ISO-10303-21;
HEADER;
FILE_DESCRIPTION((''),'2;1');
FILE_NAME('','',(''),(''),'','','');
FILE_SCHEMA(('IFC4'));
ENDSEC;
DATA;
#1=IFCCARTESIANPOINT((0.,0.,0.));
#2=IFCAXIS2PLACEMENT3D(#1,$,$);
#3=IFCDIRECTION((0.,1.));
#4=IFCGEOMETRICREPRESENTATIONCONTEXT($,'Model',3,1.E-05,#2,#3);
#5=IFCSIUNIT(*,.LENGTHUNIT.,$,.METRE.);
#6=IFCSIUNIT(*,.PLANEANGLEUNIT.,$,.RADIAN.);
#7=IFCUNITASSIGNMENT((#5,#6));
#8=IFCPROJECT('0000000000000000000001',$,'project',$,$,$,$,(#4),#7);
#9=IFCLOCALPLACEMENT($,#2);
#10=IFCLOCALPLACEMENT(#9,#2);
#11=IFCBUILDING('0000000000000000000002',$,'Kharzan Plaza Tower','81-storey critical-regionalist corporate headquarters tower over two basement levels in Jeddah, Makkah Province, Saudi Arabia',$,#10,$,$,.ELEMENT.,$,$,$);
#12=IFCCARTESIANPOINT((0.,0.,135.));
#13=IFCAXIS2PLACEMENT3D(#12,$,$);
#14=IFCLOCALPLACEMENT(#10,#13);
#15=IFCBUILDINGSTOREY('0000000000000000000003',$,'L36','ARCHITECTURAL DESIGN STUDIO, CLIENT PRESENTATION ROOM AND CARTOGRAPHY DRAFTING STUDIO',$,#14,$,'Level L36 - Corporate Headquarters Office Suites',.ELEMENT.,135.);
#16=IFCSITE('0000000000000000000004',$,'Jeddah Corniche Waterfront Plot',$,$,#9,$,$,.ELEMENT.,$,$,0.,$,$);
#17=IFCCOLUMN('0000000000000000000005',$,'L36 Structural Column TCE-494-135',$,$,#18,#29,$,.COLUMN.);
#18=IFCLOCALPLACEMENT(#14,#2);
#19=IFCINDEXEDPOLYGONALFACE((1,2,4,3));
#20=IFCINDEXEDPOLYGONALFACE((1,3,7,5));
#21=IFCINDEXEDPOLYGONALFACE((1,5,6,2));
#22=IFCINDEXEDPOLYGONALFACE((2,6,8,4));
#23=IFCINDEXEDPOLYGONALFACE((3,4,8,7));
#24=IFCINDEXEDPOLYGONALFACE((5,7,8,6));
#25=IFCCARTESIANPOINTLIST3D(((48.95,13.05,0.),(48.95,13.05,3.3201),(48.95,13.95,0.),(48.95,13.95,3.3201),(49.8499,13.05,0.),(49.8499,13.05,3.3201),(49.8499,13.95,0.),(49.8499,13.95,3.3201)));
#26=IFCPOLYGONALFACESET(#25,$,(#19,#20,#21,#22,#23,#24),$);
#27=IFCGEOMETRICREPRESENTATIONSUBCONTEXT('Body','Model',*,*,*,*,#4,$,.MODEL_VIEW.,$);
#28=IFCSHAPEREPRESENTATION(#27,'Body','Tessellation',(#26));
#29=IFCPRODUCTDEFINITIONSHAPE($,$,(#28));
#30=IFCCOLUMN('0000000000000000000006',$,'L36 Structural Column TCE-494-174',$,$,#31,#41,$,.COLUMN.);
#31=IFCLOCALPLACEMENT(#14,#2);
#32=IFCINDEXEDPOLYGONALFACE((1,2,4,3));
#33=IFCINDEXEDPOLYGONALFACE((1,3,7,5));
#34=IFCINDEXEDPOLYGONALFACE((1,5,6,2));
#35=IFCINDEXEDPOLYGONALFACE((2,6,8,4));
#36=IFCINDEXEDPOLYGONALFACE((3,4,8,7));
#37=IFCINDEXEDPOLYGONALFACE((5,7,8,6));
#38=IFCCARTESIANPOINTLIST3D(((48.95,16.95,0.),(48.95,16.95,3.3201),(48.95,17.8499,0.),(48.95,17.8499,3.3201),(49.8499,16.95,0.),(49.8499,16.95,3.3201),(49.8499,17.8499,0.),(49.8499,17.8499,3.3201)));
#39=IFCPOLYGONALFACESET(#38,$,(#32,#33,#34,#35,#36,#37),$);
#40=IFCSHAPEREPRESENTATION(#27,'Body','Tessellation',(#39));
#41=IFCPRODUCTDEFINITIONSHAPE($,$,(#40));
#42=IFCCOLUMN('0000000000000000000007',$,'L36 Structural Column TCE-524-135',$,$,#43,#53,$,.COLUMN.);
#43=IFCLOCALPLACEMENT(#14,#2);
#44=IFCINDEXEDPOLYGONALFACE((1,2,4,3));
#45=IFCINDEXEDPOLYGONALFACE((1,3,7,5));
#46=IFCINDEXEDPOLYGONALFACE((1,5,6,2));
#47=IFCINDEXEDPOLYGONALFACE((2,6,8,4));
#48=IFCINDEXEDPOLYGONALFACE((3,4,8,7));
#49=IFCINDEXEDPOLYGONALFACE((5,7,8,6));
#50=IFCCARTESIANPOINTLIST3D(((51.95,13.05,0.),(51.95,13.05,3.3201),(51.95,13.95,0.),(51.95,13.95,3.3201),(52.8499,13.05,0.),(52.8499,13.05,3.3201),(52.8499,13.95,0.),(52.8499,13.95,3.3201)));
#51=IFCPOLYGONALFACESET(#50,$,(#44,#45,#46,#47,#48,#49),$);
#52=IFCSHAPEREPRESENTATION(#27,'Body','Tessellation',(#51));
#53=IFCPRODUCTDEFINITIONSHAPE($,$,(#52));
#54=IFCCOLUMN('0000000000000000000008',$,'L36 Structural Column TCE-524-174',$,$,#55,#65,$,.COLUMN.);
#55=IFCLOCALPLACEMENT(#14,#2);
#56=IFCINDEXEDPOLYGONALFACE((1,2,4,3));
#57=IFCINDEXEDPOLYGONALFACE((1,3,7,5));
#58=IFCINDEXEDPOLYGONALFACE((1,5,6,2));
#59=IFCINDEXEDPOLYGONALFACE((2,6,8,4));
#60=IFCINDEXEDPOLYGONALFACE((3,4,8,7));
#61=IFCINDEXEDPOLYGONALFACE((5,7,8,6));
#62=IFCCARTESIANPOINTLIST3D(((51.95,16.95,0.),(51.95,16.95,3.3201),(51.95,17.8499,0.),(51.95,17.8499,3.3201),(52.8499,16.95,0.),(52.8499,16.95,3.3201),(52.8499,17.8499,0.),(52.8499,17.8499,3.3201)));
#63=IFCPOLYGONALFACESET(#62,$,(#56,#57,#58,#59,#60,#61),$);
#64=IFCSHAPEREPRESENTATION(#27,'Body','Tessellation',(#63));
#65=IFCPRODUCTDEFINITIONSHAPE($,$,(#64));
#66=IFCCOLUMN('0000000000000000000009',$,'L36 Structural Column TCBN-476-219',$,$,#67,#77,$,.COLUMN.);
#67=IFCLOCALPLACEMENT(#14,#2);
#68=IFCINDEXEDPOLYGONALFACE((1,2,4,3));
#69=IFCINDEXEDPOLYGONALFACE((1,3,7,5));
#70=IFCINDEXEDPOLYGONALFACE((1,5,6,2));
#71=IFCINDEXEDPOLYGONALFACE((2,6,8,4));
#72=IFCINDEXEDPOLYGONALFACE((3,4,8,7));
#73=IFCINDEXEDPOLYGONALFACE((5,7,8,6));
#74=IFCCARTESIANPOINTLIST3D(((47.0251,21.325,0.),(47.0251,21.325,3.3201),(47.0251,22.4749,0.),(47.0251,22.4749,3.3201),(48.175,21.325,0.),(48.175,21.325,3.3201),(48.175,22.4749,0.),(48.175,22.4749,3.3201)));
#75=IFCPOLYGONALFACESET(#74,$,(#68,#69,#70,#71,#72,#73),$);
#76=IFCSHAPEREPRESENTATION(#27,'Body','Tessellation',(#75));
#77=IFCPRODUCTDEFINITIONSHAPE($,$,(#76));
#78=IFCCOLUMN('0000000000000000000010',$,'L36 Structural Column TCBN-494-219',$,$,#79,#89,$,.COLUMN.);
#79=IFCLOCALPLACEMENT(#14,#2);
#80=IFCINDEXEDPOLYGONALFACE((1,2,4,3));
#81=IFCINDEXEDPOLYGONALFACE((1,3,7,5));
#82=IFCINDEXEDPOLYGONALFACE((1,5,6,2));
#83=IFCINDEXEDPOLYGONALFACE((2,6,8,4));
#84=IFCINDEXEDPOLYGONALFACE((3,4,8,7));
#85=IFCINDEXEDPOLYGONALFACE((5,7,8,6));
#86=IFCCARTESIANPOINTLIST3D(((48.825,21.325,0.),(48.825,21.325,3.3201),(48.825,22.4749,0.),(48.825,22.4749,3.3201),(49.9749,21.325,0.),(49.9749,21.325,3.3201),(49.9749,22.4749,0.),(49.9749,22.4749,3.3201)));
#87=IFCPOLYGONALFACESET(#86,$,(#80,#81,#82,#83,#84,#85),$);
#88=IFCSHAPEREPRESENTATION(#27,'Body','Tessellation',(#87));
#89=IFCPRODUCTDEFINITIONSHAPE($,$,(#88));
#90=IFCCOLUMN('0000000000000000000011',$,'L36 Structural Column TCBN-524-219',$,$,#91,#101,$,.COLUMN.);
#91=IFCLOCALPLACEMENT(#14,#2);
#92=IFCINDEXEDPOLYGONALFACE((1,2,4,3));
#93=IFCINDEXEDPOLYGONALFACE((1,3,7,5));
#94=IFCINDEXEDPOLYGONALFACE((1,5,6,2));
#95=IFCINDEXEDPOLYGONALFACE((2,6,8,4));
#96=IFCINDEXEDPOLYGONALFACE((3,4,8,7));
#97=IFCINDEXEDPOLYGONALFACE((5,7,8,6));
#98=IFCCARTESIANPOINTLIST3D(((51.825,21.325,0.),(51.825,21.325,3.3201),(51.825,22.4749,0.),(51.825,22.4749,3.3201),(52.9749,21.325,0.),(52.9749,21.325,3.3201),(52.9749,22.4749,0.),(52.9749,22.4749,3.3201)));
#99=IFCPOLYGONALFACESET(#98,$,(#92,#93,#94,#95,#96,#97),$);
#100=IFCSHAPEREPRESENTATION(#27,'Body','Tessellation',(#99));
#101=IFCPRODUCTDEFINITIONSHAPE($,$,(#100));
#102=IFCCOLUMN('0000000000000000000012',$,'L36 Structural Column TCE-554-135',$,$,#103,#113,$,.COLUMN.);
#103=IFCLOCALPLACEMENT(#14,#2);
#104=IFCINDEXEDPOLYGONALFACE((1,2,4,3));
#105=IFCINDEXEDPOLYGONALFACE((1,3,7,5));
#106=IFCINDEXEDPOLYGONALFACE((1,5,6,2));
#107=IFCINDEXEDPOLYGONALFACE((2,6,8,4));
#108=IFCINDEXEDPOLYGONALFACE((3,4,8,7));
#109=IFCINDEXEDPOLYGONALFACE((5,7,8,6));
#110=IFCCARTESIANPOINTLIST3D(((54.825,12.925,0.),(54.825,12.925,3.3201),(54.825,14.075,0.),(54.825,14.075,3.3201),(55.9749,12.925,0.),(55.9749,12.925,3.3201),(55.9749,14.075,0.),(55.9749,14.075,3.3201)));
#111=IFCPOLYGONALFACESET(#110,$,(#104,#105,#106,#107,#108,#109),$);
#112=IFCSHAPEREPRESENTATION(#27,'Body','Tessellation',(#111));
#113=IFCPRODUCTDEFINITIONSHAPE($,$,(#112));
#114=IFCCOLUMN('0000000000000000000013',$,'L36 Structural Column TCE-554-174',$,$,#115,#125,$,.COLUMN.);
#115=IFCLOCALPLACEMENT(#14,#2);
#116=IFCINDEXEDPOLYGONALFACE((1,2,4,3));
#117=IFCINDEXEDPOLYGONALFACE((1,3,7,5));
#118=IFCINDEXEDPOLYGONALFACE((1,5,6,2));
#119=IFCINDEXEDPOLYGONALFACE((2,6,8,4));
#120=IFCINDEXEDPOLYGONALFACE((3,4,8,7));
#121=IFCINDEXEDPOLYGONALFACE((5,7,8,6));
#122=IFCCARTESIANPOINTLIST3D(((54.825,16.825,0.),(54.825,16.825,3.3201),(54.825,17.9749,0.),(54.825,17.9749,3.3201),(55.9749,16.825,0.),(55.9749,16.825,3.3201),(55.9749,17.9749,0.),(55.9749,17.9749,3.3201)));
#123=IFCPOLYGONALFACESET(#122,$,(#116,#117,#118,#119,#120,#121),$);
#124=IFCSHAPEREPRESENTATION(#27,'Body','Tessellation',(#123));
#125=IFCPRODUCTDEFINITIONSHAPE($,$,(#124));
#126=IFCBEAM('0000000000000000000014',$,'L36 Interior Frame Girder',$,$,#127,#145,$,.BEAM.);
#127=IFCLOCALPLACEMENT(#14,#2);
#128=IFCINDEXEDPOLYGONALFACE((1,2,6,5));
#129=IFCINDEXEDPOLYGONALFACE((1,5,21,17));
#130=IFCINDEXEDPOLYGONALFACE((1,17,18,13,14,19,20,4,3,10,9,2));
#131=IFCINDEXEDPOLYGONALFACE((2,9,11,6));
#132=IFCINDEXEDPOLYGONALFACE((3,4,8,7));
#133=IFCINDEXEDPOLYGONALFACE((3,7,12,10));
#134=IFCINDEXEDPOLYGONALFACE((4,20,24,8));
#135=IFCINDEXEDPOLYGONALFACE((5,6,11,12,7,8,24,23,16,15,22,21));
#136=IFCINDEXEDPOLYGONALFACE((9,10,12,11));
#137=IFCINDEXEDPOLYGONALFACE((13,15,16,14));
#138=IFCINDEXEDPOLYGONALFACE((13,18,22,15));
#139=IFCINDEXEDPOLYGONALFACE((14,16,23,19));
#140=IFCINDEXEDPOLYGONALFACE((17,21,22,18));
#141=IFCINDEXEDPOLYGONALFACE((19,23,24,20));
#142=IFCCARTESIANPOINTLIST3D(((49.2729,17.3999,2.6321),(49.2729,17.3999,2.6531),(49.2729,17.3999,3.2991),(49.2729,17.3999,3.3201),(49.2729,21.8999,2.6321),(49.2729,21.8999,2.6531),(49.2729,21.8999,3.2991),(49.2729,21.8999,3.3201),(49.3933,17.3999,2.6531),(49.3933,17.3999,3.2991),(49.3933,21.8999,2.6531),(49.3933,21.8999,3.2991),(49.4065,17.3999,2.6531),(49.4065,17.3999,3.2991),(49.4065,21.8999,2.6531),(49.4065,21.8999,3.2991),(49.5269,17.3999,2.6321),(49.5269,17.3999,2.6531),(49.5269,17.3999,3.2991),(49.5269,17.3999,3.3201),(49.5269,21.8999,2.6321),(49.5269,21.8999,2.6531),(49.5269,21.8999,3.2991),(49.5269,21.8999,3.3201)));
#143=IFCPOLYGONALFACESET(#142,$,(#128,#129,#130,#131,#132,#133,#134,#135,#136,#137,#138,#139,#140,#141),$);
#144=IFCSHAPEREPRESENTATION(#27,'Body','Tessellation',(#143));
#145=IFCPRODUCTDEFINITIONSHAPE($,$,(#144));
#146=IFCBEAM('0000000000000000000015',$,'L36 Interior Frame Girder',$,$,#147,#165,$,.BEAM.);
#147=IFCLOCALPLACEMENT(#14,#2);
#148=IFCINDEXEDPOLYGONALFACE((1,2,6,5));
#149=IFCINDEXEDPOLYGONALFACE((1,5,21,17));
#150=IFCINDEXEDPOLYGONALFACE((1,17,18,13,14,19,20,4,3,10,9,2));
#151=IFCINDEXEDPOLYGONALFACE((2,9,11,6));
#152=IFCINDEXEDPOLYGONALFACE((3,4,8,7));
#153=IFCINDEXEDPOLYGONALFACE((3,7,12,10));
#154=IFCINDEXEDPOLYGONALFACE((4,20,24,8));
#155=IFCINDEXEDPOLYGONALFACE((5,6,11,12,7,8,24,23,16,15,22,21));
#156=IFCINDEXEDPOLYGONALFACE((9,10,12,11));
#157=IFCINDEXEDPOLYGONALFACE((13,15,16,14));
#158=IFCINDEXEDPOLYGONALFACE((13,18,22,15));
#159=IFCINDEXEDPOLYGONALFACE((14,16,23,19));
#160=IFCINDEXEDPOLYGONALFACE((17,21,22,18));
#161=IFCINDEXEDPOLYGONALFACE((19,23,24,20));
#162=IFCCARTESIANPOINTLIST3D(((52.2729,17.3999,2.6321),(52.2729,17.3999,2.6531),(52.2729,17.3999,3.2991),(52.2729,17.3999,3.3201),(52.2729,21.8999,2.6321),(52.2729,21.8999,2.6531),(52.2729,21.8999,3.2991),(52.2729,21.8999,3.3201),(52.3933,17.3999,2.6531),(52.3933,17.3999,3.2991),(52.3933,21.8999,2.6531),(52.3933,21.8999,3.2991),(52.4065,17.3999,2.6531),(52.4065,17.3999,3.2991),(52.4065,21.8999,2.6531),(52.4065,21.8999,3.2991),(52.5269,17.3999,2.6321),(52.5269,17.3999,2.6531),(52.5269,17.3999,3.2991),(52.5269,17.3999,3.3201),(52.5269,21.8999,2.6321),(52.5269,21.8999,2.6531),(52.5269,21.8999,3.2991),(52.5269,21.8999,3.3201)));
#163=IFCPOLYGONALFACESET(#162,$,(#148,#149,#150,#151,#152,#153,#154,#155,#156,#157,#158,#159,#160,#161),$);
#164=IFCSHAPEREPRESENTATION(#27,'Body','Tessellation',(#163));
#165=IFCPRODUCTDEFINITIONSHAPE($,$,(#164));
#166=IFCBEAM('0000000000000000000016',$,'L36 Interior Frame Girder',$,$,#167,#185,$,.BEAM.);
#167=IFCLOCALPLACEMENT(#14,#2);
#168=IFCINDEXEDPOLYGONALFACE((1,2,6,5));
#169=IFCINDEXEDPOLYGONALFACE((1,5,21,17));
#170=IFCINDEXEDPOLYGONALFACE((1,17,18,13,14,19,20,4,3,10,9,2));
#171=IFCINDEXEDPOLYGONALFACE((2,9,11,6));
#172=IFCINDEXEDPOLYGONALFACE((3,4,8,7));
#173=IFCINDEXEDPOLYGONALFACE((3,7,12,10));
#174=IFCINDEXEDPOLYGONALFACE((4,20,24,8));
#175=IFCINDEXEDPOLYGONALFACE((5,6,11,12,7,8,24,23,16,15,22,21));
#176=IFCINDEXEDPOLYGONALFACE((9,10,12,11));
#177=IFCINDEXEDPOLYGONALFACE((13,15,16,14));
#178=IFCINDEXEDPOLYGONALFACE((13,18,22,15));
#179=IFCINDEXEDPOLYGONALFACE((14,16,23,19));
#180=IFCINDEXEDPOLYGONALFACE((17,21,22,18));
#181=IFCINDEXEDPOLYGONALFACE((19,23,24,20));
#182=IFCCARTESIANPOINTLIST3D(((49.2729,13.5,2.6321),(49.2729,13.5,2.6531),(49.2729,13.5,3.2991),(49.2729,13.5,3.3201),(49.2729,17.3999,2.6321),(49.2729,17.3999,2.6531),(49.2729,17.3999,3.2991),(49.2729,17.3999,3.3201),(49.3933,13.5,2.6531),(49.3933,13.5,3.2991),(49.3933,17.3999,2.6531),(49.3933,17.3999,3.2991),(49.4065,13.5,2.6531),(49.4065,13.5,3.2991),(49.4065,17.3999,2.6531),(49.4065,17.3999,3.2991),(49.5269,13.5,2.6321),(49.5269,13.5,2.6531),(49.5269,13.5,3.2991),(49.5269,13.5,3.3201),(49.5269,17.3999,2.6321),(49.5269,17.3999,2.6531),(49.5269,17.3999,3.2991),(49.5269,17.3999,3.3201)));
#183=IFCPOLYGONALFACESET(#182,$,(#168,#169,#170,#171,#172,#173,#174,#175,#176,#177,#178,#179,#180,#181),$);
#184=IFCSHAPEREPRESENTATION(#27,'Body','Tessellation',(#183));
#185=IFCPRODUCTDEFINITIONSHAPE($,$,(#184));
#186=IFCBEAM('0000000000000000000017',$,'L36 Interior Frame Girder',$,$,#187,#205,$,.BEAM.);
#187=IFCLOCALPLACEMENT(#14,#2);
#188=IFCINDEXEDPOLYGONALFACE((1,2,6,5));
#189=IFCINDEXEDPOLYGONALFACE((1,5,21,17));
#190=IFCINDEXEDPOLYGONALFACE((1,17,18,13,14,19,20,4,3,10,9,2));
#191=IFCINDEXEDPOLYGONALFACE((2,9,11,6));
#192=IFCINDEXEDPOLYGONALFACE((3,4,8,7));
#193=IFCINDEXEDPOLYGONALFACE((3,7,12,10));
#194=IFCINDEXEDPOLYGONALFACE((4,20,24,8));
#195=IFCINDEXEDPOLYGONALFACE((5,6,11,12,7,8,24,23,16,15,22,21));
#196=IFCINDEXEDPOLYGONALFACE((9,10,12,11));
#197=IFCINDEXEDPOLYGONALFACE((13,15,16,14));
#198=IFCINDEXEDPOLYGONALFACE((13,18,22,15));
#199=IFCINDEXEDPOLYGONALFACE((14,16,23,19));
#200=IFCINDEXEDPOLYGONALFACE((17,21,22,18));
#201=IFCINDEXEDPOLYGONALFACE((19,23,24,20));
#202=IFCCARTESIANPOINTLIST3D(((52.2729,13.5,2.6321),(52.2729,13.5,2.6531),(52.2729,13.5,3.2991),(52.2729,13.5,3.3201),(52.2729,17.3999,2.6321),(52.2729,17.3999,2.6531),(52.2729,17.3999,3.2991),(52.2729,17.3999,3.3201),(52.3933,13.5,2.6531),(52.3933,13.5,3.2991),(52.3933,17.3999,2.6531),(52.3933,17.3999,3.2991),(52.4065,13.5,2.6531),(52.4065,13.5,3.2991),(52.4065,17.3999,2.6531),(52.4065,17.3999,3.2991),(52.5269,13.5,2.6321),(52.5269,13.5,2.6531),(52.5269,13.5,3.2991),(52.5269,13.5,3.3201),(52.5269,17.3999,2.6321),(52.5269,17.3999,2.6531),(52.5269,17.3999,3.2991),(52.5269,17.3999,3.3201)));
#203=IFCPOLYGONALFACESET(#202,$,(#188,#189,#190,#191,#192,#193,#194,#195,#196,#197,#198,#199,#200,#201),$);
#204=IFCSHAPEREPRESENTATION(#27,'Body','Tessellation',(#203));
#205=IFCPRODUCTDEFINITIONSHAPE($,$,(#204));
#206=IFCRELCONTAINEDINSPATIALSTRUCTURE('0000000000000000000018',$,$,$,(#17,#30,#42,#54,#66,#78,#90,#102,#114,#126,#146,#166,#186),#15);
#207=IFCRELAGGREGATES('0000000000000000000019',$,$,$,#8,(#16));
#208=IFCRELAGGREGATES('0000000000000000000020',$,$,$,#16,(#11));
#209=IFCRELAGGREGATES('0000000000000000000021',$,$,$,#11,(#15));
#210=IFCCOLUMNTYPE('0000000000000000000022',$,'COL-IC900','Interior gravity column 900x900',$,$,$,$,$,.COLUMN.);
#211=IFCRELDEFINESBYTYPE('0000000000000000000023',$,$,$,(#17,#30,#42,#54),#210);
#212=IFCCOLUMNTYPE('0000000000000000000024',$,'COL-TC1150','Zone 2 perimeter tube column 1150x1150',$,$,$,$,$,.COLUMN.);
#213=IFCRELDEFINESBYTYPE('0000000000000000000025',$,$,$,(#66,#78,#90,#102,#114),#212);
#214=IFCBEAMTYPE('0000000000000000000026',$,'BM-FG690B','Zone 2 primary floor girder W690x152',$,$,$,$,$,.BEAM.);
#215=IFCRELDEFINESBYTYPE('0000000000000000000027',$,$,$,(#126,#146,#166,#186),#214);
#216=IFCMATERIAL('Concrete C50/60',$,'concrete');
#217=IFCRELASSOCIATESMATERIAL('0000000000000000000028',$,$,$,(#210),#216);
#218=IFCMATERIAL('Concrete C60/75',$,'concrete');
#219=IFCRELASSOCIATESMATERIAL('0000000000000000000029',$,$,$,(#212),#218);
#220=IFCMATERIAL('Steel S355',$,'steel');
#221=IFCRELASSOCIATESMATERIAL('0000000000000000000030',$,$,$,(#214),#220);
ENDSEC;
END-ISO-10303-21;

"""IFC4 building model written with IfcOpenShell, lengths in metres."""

from ifc_helpers import new_model, si_unit, direction, frame, origin, origin_2d, place, context, subcontext, project, spatial, rectangle, i_section, extrude, source, transform, mapped, material, material_profile, profile_set, type_object, element, save


model = new_model("IFC4")

# Units and contexts
model_context = context("Model", 3, precision=1e-05, world=origin(), true_north=direction((0.0, 1.0)))
body_context = subcontext(model_context, "Body", "Model", "MODEL_VIEW")
ifc_project = project(units=[si_unit("LENGTHUNIT", "METRE"), si_unit("PLANEANGLEUNIT", "RADIAN")], contexts=[model_context])

# Site, building, storey
site_placement = place(None, origin())
site = spatial("IfcSite", under=ifc_project, at=site_placement, Name="Jeddah Corniche Waterfront Plot", CompositionType="ELEMENT", RefElevation=0.0)
building_placement = place(site_placement, origin())
building = spatial("IfcBuilding", under=site, at=building_placement, Name="Kharzan Plaza Tower", Description="81-storey critical-regionalist corporate headquarters tower over two basement levels in Jeddah, Makkah Province, Saudi Arabia", CompositionType="ELEMENT")
storey_placement = place(building_placement, frame((0.0, 0.0, 135.0)))
storey = spatial("IfcBuildingStorey", under=building, at=storey_placement, Name="L36", Description="ARCHITECTURAL DESIGN STUDIO, CLIENT PRESENTATION ROOM AND CARTOGRAPHY DRAFTING STUDIO", LongName="Level L36 - Corporate Headquarters Office Suites", CompositionType="ELEMENT", Elevation=135.0)

# Columns
ifc_material_1 = material(Name="Concrete C50/60", Category="concrete")
ifc_material_profile_1 = material_profile(ifc_material_1, rectangle(XDim=0.8999, YDim=0.8999, at=origin_2d()), Name="RC-IC900x900")
ifc_profile_set_1 = profile_set([ifc_material_profile_1], Name="Concrete C50/60")
column_type_1 = type_object("IfcColumnType", Name="COL-IC900", Description="Interior gravity column 900x900", PredefinedType="COLUMN", material=ifc_profile_set_1)
shared_shape_1 = source(origin(), body_context, "Body", "SweptSolid", [
    extrude(rectangle(XDim=0.8999, YDim=0.8999, at=origin_2d()), origin(), (0.0, 0.0, 1.0), 3.3201),
])
for number, where, z_axis, x_axis, name in (
    (1, (49.3999, 13.5, 0.0), (0.0, 0.0, 1.0), (1.0, 0.0, 0.0), "L36 Structural Column TCE-494-135"),
    (2, (49.3999, 17.3999, 0.0), (0.0, 0.0, 1.0), (1.0, 0.0, 0.0), "L36 Structural Column TCE-494-174"),
    (3, (52.3999, 13.5, 0.0), (0.0, 0.0, 1.0), (1.0, 0.0, 0.0), "L36 Structural Column TCE-524-135"),
    (4, (52.3999, 17.3999, 0.0), (0.0, 0.0, 1.0), (1.0, 0.0, 0.0), "L36 Structural Column TCE-524-174"),
):
    element("IfcColumn", number, at=place(storey_placement, frame(where, z_axis=z_axis, x_axis=x_axis)), inside=storey, type_object=column_type_1, Name=name, PredefinedType="COLUMN", context=body_context, shape_type="MappedRepresentation", body=[
        mapped(shared_shape_1, transform((0.0, 0.0, 0.0), x_axis=(1.0, 0.0, 0.0), y_axis=(0.0, 1.0, 0.0), z_axis=(0.0, 0.0, 1.0))),
    ])
ifc_material_2 = material(Name="Concrete C60/75", Category="concrete")
ifc_material_profile_2 = material_profile(ifc_material_2, rectangle(XDim=1.1499, YDim=1.1499, at=origin_2d()), Name="RC-TC1150x1150")
ifc_profile_set_2 = profile_set([ifc_material_profile_2], Name="Concrete C60/75")
column_type_2 = type_object("IfcColumnType", Name="COL-TC1150", Description="Zone 2 perimeter tube column 1150x1150", PredefinedType="COLUMN", material=ifc_profile_set_2)
shared_shape_2 = source(origin(), body_context, "Body", "SweptSolid", [
    extrude(rectangle(XDim=1.1499, YDim=1.1499, at=origin_2d()), origin(), (0.0, 0.0, 1.0), 3.3201),
])
for number, where, z_axis, x_axis, name in (
    (5, (47.6001, 21.8999, 0.0), (0.0, 0.0, 1.0), (1.0, 0.0, 0.0), "L36 Structural Column TCBN-476-219"),
    (6, (49.3999, 21.8999, 0.0), (0.0, 0.0, 1.0), (1.0, 0.0, 0.0), "L36 Structural Column TCBN-494-219"),
    (7, (52.3999, 21.8999, 0.0), (0.0, 0.0, 1.0), (1.0, 0.0, 0.0), "L36 Structural Column TCBN-524-219"),
    (8, (55.3999, 13.5, 0.0), (0.0, 0.0, 1.0), (1.0, 0.0, 0.0), "L36 Structural Column TCE-554-135"),
    (9, (55.3999, 17.3999, 0.0), (0.0, 0.0, 1.0), (1.0, 0.0, 0.0), "L36 Structural Column TCE-554-174"),
):
    element("IfcColumn", number, at=place(storey_placement, frame(where, z_axis=z_axis, x_axis=x_axis)), inside=storey, type_object=column_type_2, Name=name, PredefinedType="COLUMN", context=body_context, shape_type="MappedRepresentation", body=[
        mapped(shared_shape_2, transform((0.0, 0.0, 0.0), x_axis=(1.0, 0.0, 0.0), y_axis=(0.0, 1.0, 0.0), z_axis=(0.0, 0.0, 1.0))),
    ])

# Beams
ifc_material_3 = material(Name="Steel S355", Category="steel")
ifc_material_profile_3 = material_profile(ifc_material_3, i_section(OverallWidth=0.2539, OverallDepth=0.688, WebThickness=0.0132, FlangeThickness=0.021, at=origin_2d()), Name="W690x152")
ifc_profile_set_3 = profile_set([ifc_material_profile_3], Name="Steel S355")
beam_type_1 = type_object("IfcBeamType", Name="BM-FG690B", Description="Zone 2 primary floor girder W690x152", PredefinedType="BEAM", material=ifc_profile_set_3)
shared_shape_3 = source(origin(), body_context, "Body", "SweptSolid", [
    extrude(i_section(OverallWidth=0.2539, OverallDepth=0.688, WebThickness=0.0132, FlangeThickness=0.021, at=origin_2d()), origin(), (0.0, 0.0, 1.0), 4.5),
])
for number, where, z_axis, x_axis, name in (
    (10, (49.3999, 17.3999, 2.9761), (0.0, 1.0, 0.0), (-1.0, 0.0, 0.0), "L36 Interior Frame Girder"),
    (11, (52.3999, 17.3999, 2.9761), (0.0, 1.0, 0.0), (-1.0, 0.0, 0.0), "L36 Interior Frame Girder"),
):
    element("IfcBeam", number, at=place(storey_placement, frame(where, z_axis=z_axis, x_axis=x_axis)), inside=storey, type_object=beam_type_1, Name=name, PredefinedType="BEAM", context=body_context, shape_type="MappedRepresentation", body=[
        mapped(shared_shape_3, transform((0.0, 0.0, 0.0), x_axis=(1.0, 0.0, 0.0), y_axis=(0.0, 1.0, 0.0), z_axis=(0.0, 0.0, 1.0))),
    ])
shared_shape_4 = source(origin(), body_context, "Body", "SweptSolid", [
    extrude(i_section(OverallWidth=0.2539, OverallDepth=0.688, WebThickness=0.0132, FlangeThickness=0.021, at=origin_2d()), origin(), (0.0, 0.0, 1.0), 3.8999),
])
for number, where, z_axis, x_axis, name in (
    (12, (49.3999, 13.5, 2.9761), (0.0, 1.0, 0.0), (-1.0, 0.0, 0.0), "L36 Interior Frame Girder"),
    (13, (52.3999, 13.5, 2.9761), (0.0, 1.0, 0.0), (-1.0, 0.0, 0.0), "L36 Interior Frame Girder"),
):
    element("IfcBeam", number, at=place(storey_placement, frame(where, z_axis=z_axis, x_axis=x_axis)), inside=storey, type_object=beam_type_1, Name=name, PredefinedType="BEAM", context=body_context, shape_type="MappedRepresentation", body=[
        mapped(shared_shape_4, transform((0.0, 0.0, 0.0), x_axis=(1.0, 0.0, 0.0), y_axis=(0.0, 1.0, 0.0), z_axis=(0.0, 0.0, 1.0))),
    ])

save(model, "model.ifc")
